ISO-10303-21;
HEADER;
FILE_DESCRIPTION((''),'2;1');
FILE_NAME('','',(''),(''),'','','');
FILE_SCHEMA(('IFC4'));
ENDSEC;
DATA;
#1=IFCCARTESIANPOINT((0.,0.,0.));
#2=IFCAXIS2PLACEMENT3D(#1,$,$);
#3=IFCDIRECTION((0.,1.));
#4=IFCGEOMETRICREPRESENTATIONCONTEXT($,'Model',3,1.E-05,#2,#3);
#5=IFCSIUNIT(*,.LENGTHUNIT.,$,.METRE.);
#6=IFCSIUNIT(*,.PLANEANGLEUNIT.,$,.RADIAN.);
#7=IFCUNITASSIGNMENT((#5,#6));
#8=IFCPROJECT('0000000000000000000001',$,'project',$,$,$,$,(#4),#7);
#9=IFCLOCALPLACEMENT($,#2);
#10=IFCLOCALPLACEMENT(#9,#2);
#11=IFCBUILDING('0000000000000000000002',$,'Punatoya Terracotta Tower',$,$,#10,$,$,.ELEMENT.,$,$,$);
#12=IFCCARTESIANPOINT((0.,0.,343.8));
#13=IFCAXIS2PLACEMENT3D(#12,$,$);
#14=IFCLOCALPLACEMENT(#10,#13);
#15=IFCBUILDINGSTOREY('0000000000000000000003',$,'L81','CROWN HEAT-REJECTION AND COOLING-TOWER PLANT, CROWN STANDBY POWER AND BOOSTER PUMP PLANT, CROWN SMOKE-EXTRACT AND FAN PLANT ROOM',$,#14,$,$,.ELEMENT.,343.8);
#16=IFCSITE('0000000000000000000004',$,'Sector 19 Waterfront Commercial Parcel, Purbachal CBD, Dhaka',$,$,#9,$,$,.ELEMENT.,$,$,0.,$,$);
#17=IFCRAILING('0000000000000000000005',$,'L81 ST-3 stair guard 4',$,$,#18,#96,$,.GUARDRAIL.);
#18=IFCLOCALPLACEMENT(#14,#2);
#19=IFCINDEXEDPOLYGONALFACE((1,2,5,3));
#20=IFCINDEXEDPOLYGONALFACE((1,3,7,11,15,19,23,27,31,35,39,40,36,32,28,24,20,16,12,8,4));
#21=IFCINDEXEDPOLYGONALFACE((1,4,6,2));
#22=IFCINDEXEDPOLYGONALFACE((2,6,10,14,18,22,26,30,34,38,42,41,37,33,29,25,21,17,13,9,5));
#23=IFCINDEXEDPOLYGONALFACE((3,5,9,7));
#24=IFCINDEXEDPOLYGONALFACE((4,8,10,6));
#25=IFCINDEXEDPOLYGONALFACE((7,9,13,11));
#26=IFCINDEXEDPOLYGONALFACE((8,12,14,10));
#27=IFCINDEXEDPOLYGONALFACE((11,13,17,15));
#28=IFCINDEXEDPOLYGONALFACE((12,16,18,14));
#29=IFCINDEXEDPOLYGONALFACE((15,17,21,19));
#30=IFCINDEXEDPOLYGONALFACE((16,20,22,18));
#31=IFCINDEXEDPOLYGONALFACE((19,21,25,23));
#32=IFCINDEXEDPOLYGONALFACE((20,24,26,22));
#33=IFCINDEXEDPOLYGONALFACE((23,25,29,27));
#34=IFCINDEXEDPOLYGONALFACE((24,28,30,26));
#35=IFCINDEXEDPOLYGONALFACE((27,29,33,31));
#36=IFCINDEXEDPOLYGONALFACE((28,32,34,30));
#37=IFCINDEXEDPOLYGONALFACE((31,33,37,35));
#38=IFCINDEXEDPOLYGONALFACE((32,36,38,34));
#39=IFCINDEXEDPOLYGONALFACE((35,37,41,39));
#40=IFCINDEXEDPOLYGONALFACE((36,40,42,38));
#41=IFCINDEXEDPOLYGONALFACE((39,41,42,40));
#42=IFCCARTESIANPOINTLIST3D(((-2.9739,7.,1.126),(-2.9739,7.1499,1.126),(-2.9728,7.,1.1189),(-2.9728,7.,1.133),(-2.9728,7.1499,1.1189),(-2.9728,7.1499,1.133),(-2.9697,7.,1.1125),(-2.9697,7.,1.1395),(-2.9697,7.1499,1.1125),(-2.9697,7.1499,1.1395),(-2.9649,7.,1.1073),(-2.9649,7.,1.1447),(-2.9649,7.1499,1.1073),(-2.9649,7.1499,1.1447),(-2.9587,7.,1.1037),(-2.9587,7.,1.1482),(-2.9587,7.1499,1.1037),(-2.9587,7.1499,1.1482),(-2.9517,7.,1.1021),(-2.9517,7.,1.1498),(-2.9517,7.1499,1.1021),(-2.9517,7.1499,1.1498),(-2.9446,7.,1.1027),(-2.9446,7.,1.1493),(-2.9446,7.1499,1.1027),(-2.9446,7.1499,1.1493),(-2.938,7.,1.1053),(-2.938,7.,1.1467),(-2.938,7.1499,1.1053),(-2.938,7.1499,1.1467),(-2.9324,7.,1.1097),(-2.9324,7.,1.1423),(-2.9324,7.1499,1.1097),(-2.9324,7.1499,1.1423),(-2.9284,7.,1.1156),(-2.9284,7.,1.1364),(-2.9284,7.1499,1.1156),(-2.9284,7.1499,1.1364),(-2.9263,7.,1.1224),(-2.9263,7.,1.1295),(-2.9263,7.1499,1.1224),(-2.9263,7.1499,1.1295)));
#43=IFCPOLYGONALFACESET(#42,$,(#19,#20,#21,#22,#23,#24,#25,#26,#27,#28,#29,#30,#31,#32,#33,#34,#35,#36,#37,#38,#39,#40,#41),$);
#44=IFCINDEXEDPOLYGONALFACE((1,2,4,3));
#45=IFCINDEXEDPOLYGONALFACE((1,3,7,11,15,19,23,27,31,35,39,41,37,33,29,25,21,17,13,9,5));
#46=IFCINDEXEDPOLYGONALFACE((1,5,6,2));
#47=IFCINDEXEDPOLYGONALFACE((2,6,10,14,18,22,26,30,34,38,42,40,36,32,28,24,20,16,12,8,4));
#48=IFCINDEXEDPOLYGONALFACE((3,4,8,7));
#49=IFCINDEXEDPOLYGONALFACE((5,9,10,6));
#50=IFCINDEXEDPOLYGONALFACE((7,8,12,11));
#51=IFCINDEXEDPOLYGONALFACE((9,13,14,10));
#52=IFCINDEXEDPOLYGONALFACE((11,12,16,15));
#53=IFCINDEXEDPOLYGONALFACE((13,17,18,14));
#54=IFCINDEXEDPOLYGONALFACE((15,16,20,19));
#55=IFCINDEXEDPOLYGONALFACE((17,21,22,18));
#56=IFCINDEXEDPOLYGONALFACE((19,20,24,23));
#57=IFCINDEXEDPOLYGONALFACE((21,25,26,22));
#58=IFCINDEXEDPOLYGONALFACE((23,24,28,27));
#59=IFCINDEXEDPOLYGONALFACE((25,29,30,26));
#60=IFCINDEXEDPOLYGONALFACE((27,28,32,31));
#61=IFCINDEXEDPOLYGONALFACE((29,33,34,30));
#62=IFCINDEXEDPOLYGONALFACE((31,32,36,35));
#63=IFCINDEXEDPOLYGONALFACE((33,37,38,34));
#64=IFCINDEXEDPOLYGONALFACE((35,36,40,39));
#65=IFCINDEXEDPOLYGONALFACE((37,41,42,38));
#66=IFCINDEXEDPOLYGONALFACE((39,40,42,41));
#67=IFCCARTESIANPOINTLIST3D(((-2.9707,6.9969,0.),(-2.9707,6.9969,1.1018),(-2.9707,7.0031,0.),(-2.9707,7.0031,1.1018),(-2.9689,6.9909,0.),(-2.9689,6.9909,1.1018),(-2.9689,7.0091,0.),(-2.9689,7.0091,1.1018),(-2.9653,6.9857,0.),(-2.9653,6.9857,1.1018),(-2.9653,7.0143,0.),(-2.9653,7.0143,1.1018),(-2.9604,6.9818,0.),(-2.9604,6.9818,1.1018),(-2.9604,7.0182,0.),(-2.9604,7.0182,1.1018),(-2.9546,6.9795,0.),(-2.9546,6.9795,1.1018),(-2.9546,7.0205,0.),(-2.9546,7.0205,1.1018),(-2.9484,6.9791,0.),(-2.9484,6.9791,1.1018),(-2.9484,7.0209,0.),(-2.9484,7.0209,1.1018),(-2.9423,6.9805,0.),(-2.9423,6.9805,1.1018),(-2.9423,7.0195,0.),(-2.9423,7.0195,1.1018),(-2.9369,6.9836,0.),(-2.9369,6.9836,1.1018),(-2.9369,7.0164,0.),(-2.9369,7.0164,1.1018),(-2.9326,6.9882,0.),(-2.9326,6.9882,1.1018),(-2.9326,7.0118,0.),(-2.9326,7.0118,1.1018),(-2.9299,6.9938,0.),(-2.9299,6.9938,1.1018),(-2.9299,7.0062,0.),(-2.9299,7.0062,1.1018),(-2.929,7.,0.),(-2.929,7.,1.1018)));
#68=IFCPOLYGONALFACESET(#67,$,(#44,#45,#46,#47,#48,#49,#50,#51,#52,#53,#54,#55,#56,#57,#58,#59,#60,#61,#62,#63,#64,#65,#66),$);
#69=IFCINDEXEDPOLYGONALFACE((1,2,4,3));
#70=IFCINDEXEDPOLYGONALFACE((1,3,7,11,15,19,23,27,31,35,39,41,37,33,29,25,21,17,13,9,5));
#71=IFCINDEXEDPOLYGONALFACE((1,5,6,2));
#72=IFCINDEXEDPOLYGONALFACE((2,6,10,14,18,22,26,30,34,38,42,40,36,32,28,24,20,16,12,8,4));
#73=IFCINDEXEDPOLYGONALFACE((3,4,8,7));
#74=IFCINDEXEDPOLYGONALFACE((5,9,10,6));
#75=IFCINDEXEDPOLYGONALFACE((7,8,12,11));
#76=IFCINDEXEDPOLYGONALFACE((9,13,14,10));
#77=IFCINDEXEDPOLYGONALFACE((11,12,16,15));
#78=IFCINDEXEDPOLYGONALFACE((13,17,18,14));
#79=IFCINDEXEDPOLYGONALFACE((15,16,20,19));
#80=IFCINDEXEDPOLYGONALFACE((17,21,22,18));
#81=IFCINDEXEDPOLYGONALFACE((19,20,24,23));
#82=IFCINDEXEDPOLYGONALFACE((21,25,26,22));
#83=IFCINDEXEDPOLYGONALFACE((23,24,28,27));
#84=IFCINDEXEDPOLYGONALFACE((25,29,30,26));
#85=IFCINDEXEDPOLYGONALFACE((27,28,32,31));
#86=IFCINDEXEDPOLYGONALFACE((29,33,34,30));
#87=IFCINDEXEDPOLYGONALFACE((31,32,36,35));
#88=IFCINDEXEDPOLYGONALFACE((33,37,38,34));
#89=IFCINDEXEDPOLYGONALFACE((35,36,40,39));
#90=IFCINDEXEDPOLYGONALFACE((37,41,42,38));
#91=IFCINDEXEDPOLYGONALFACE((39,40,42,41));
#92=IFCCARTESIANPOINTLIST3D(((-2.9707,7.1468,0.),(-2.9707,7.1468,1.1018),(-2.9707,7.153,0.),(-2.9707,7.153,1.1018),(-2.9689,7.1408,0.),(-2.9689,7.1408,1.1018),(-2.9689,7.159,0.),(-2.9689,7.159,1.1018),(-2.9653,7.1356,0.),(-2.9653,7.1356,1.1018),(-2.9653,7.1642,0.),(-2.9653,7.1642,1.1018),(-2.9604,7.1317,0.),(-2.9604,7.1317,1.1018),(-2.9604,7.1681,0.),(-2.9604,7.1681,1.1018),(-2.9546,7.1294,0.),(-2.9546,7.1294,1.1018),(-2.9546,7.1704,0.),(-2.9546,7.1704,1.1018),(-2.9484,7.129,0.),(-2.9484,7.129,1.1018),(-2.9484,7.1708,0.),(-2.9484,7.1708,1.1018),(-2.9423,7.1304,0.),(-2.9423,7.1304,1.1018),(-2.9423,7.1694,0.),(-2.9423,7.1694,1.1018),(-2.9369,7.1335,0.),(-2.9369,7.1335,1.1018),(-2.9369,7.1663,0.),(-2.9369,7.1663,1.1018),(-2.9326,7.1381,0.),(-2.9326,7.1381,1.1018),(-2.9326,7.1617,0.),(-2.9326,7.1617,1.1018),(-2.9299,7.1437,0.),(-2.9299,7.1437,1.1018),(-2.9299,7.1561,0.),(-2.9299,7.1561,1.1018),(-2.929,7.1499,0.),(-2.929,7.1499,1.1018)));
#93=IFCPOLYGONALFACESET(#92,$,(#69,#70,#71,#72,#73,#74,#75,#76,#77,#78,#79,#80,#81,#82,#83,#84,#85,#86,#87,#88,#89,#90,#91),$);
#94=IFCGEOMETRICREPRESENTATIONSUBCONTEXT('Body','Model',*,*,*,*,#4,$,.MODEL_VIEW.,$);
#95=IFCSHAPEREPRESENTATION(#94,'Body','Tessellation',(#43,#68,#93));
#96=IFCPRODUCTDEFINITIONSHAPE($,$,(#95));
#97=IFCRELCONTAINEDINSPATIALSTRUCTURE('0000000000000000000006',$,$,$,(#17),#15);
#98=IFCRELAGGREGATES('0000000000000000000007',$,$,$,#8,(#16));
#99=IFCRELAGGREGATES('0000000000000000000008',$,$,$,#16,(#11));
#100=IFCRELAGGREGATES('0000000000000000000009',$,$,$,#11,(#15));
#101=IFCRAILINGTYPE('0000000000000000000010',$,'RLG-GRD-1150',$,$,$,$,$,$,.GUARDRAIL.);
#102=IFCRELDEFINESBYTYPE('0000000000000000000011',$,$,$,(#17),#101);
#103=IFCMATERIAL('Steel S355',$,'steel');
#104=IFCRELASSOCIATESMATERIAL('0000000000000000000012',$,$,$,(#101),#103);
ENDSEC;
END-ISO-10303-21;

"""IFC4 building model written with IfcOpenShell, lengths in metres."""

from ifc_helpers import new_model, si_unit, direction, frame, origin, origin_2d, place, context, subcontext, project, spatial, circle, extrude, material, type_object, element, save


model = new_model("IFC4")

# Units and contexts
model_context = context("Model", 3, precision=1e-05, world=origin(), true_north=direction((0.0, 1.0)))
body_context = subcontext(model_context, "Body", "Model", "MODEL_VIEW")
ifc_project = project(units=[si_unit("LENGTHUNIT", "METRE"), si_unit("PLANEANGLEUNIT", "RADIAN")], contexts=[model_context])

# Site, building, storey
site_placement = place(None, origin())
site = spatial("IfcSite", under=ifc_project, at=site_placement, Name="Sector 19 Waterfront Commercial Parcel, Purbachal CBD, Dhaka", CompositionType="ELEMENT", RefElevation=0.0)
building_placement = place(site_placement, origin())
building = spatial("IfcBuilding", under=site, at=building_placement, Name="Punatoya Terracotta Tower", CompositionType="ELEMENT")
storey_placement = place(building_placement, frame((0.0, 0.0, 343.8)))
storey = spatial("IfcBuildingStorey", under=building, at=storey_placement, Name="L81", Description="CROWN HEAT-REJECTION AND COOLING-TOWER PLANT, CROWN STANDBY POWER AND BOOSTER PUMP PLANT, CROWN SMOKE-EXTRACT AND FAN PLANT ROOM", CompositionType="ELEMENT", Elevation=343.8)

# Shared definitions
ifc_material_1 = material(Name="Steel S355", Category="steel")

# Railing
railing_type_1 = type_object("IfcRailingType", Name="RLG-GRD-1150", PredefinedType="GUARDRAIL", material=ifc_material_1)
railing_1_placement = place(storey_placement, frame((-2.95, 7.0, 0.0)))
element("IfcRailing", 1, at=railing_1_placement, inside=storey, type_object=railing_type_1, Name="L81 ST-3 stair guard 4", PredefinedType="GUARDRAIL", context=body_context, shape_type="SweptSolid", body=[
    extrude(circle(Radius=0.0239, at=origin_2d()), frame((0.0, 0.0, 1.126), z_axis=(0.0, 1.0, 0.0), x_axis=(-1.0, 0.0, 0.0)), (0.0, 0.0, 1.0), 0.1499),
    extrude(circle(Radius=0.021, at=origin_2d()), origin(), (0.0, 0.0, 1.0), 1.1018),
    extrude(circle(Radius=0.021, at=origin_2d()), frame((0.0, 0.1499, 0.0)), (0.0, 0.0, 1.0), 1.1018),
])

save(model, "model.ifc")
